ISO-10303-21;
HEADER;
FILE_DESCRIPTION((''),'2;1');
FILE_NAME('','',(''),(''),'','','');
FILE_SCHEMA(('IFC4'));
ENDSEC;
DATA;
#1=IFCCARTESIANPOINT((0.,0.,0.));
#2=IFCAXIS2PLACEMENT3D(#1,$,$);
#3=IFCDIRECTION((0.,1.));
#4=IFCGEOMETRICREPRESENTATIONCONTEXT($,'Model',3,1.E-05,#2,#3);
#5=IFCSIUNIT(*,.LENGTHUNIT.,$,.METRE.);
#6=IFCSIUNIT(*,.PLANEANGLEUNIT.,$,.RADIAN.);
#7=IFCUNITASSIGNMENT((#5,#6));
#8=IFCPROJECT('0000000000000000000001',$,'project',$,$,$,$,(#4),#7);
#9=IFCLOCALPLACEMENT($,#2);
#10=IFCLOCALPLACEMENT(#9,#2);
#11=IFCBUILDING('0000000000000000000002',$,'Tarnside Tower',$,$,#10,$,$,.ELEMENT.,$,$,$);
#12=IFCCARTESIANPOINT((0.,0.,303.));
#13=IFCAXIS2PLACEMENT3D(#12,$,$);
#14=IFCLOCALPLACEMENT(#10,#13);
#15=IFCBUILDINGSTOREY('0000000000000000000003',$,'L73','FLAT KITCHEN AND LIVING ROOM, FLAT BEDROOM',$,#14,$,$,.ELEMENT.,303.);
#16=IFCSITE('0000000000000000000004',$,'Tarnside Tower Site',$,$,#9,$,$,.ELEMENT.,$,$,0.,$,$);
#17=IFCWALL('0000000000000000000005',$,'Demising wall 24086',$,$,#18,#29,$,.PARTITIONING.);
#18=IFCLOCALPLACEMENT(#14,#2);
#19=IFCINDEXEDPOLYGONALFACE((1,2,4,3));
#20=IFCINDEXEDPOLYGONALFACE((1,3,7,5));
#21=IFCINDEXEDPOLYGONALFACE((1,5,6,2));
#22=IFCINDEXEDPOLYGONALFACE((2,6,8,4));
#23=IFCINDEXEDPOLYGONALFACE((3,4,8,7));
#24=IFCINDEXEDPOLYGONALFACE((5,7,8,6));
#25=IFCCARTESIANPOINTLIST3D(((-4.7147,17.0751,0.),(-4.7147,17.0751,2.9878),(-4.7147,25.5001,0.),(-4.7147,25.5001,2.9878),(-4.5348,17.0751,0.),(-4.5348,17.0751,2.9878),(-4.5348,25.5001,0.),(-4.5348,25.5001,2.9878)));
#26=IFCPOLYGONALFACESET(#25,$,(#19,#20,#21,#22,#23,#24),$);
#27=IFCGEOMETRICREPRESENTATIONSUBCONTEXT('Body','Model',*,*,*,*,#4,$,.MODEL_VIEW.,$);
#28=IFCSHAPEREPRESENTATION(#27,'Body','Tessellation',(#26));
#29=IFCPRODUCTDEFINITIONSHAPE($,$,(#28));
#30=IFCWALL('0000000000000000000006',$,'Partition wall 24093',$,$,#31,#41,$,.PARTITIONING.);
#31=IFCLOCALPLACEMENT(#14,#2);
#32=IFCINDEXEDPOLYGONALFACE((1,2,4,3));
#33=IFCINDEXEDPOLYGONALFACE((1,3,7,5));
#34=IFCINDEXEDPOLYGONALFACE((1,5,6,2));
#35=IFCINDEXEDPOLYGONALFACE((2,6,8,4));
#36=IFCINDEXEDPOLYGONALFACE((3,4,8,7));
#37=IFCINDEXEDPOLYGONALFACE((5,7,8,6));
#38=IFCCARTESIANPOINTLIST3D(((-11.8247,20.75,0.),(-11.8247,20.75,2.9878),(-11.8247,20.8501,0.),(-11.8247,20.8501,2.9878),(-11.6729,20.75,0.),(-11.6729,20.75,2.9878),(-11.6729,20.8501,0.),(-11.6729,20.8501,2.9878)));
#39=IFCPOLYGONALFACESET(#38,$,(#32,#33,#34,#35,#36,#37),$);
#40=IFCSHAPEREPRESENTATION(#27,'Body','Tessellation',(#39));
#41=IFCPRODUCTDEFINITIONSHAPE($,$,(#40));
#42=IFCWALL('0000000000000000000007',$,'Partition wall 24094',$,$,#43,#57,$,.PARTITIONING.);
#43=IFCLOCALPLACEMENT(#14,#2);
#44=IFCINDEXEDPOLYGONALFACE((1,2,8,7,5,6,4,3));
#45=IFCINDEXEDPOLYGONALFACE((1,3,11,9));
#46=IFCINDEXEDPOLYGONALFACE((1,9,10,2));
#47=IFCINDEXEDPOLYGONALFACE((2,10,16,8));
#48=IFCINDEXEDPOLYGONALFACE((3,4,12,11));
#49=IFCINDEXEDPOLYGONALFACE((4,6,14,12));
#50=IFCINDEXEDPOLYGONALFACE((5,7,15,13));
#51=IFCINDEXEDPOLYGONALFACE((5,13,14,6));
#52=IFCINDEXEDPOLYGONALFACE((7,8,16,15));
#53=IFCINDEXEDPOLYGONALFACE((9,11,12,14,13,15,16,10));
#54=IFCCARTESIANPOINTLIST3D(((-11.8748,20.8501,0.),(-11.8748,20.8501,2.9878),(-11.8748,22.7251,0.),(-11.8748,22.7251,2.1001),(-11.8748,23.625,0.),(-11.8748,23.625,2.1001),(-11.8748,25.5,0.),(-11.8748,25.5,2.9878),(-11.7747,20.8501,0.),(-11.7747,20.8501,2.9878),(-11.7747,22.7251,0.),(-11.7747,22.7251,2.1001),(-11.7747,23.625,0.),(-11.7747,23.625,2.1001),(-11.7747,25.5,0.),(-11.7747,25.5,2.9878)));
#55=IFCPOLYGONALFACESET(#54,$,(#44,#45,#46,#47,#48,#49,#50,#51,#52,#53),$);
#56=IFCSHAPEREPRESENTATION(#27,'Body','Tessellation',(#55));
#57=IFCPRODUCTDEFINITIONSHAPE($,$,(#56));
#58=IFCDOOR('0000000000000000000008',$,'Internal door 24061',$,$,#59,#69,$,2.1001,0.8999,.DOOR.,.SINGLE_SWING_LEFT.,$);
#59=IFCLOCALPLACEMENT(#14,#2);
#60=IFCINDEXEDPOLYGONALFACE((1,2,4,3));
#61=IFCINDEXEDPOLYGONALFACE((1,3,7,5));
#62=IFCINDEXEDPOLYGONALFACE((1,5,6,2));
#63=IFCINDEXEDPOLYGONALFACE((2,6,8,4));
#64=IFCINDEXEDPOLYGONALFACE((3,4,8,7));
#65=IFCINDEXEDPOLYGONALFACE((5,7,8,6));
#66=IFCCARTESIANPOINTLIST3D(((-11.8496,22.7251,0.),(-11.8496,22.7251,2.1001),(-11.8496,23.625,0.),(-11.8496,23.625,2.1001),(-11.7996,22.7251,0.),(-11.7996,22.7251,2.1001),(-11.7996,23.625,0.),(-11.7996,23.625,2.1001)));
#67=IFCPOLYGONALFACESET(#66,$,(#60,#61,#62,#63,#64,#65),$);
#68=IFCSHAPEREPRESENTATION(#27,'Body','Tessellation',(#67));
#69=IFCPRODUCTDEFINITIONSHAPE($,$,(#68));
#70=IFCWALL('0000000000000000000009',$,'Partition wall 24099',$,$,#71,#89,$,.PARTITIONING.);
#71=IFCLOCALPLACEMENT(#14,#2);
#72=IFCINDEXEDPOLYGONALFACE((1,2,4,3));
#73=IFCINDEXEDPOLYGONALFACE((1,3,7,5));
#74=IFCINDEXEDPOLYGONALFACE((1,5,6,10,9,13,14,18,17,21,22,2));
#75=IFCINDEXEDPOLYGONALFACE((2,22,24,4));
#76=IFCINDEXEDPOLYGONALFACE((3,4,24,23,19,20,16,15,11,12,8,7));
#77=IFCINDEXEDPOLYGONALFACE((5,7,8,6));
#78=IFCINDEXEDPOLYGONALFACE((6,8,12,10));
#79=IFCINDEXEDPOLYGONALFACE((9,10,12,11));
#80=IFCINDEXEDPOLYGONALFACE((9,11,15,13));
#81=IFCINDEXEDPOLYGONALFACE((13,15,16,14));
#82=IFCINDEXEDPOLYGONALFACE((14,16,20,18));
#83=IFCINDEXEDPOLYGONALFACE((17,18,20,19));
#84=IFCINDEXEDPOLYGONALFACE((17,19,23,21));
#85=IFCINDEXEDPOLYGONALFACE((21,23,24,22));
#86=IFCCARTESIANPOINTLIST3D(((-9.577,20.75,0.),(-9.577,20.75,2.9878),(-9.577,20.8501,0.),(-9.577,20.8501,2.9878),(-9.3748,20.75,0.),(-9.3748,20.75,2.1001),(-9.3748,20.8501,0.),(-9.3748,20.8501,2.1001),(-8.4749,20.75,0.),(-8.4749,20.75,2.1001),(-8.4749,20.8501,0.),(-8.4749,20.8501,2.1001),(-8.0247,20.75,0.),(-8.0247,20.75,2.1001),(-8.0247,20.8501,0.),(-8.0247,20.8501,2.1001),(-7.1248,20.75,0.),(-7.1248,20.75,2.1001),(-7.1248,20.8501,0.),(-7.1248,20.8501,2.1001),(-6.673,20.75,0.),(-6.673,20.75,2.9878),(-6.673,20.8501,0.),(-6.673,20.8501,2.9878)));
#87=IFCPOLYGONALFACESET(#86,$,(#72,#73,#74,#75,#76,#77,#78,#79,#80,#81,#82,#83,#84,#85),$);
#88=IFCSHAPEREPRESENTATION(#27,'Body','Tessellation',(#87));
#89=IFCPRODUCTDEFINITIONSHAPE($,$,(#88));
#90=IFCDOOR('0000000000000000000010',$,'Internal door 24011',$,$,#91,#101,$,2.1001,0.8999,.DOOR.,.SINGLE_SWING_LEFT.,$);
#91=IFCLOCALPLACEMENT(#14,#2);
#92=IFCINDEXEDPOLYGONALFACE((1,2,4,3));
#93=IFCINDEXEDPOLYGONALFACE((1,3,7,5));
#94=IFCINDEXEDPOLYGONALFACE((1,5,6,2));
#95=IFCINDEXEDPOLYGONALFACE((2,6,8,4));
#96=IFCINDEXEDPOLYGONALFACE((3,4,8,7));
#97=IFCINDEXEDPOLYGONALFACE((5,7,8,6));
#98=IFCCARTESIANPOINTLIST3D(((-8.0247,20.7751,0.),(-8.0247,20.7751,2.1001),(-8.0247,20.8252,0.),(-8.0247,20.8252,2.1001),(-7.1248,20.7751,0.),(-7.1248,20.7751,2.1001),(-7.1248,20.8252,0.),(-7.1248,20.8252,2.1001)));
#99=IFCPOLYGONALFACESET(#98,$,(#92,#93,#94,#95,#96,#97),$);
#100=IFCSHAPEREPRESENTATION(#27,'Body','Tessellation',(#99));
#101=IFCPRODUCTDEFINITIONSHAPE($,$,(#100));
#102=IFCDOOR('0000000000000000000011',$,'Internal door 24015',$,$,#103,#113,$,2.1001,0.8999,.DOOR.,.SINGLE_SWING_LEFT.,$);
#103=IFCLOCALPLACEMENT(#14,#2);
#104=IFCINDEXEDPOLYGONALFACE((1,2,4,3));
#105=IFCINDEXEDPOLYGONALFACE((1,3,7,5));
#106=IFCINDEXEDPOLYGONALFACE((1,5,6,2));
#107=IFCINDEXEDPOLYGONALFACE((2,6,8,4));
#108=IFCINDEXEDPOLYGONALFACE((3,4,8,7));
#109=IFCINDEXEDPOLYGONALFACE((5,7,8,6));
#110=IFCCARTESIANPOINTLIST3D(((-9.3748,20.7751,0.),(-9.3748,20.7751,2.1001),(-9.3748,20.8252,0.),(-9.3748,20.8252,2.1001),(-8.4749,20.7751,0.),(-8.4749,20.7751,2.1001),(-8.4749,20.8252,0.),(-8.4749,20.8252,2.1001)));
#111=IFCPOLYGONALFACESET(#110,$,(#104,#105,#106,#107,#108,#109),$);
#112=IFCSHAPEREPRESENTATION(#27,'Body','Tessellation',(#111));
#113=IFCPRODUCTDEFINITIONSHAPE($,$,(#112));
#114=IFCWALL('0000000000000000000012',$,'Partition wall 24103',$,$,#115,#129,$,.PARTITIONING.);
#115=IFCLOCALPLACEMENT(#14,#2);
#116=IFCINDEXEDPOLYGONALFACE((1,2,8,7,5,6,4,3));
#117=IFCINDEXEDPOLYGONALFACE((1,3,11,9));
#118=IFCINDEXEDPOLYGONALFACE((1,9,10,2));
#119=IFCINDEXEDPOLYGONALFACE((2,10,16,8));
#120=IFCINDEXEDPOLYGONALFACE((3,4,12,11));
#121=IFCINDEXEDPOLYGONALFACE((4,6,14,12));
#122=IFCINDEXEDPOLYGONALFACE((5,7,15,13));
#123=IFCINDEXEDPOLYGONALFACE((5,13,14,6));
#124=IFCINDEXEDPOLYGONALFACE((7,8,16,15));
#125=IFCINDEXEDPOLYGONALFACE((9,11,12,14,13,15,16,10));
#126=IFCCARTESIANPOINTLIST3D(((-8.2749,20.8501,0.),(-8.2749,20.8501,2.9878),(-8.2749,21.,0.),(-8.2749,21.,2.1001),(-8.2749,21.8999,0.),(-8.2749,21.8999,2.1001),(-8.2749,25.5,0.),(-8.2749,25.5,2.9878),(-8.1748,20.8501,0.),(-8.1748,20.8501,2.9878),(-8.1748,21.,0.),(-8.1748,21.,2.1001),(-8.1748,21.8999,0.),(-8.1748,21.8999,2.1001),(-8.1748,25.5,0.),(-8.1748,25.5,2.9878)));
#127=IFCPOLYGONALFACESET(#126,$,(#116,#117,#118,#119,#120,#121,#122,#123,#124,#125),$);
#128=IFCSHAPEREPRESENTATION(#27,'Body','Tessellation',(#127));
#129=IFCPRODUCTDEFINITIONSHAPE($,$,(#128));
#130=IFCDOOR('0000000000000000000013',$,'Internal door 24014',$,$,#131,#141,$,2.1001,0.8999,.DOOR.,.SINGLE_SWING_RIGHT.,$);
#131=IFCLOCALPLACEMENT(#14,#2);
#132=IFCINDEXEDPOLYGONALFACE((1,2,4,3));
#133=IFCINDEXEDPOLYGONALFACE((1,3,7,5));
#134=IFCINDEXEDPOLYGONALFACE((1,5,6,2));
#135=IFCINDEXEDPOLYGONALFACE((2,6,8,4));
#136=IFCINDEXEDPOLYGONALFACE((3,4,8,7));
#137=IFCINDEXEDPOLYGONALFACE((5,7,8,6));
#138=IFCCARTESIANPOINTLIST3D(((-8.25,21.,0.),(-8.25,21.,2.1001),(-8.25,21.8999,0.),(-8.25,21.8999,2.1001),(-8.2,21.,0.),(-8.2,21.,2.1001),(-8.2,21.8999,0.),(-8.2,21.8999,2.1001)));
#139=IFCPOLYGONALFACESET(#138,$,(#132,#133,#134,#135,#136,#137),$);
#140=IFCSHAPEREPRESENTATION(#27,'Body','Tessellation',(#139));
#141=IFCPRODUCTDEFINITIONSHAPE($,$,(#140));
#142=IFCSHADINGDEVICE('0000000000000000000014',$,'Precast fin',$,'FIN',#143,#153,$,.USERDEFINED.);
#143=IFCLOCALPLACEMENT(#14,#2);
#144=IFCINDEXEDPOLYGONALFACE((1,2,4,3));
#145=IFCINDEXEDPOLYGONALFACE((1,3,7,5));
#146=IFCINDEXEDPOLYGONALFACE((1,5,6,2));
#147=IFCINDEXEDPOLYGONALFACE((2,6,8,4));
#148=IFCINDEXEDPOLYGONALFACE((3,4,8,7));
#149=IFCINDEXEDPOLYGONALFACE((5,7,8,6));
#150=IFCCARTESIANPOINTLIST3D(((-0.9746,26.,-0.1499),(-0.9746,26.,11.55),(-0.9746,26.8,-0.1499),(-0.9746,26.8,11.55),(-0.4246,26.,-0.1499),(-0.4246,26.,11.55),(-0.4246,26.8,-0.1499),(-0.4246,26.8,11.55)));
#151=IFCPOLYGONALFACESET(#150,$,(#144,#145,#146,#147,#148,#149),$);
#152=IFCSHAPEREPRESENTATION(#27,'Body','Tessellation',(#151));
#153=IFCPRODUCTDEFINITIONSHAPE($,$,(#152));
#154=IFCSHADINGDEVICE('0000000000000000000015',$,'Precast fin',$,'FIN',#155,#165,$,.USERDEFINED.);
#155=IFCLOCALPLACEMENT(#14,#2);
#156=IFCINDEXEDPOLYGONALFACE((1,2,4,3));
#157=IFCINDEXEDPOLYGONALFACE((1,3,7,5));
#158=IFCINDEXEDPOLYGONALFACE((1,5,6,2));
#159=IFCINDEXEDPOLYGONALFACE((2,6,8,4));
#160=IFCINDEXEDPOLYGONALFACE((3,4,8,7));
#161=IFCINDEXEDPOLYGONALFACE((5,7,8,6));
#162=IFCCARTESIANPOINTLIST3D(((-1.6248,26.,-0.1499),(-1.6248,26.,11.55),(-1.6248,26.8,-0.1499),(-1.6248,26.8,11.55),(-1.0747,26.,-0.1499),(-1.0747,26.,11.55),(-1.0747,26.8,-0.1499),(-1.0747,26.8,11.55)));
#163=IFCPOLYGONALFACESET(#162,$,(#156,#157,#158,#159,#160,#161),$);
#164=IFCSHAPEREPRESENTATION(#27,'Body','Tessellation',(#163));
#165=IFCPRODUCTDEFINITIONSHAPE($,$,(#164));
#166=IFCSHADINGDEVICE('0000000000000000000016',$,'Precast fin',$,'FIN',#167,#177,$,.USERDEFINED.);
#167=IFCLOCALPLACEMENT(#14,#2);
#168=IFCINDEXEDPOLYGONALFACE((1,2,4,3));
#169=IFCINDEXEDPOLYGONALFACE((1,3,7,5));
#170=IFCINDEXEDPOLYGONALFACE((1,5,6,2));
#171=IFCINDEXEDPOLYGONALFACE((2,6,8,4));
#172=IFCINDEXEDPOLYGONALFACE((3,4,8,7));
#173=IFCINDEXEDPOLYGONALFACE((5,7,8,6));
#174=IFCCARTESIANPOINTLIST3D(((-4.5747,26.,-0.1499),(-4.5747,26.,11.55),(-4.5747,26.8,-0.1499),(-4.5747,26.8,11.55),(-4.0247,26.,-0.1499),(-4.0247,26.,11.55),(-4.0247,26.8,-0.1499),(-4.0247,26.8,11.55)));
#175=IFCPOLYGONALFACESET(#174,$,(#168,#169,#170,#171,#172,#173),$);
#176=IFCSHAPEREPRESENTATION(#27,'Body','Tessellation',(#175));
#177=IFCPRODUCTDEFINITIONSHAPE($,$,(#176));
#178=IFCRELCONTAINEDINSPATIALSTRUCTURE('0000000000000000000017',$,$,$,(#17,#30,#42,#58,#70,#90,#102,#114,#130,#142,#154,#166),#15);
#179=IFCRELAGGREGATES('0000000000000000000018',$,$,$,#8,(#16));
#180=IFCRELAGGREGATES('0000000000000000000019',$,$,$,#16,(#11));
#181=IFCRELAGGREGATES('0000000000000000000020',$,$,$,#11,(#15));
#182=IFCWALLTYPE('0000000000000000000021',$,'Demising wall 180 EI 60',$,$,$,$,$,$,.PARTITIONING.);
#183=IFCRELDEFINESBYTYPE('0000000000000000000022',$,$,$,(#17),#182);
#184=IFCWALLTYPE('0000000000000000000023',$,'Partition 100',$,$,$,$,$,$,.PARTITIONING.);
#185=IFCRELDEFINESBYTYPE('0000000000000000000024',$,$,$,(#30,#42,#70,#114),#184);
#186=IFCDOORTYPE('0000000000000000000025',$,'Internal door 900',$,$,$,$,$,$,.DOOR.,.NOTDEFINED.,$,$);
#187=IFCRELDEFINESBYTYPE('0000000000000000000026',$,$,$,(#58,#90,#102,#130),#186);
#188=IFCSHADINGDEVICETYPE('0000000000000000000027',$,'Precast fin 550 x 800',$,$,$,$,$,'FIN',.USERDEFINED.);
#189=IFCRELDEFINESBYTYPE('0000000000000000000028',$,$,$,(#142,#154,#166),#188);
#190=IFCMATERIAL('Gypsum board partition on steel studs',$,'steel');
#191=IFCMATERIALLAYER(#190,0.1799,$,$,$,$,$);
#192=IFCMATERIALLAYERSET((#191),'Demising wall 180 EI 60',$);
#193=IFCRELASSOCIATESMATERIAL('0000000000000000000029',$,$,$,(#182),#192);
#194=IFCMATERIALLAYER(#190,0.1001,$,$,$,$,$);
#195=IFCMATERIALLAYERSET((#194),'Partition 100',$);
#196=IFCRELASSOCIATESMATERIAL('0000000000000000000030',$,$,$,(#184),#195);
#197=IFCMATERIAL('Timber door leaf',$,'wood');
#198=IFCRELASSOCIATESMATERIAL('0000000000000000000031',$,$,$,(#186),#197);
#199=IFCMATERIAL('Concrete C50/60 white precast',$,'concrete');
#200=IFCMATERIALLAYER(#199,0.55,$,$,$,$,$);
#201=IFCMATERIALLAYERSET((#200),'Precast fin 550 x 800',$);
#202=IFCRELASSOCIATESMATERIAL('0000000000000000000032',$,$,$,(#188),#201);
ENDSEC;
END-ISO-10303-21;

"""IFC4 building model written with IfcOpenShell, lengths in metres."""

from ifc_helpers import new_model, si_unit, direction, frame, frame_2d, origin, place, context, subcontext, project, spatial, polyline, rectangle, outline, extrude, material, layer, layer_set, type_object, element, fill, save


model = new_model("IFC4")

# Units and contexts
model_context = context("Model", 3, precision=1e-05, world=origin(), true_north=direction((0.0, 1.0)))
body_context = subcontext(model_context, "Body", "Model", "MODEL_VIEW")
ifc_project = project(units=[si_unit("LENGTHUNIT", "METRE"), si_unit("PLANEANGLEUNIT", "RADIAN")], contexts=[model_context])

# Site, building, storey
site_placement = place(None, origin())
site = spatial("IfcSite", under=ifc_project, at=site_placement, Name="Tarnside Tower Site", CompositionType="ELEMENT", RefElevation=0.0)
building_placement = place(site_placement, origin())
building = spatial("IfcBuilding", under=site, at=building_placement, Name="Tarnside Tower", CompositionType="ELEMENT")
storey_placement = place(building_placement, frame((0.0, 0.0, 303.0)))
storey = spatial("IfcBuildingStorey", under=building, at=storey_placement, Name="L73", Description="FLAT KITCHEN AND LIVING ROOM, FLAT BEDROOM", CompositionType="ELEMENT", Elevation=303.0)

# Shared definitions
ifc_material_1 = material(Name="Gypsum board partition on steel studs", Category="steel")

# Shared definitions
ifc_material_2 = material(Name="Timber door leaf", Category="wood")

# Walls
ifc_layer_1 = layer(ifc_material_1, 0.1799)
ifc_layer_set_1 = layer_set([ifc_layer_1], Name="Demising wall 180 EI 60")
wall_type_1 = type_object("IfcWallType", Name="Demising wall 180 EI 60", PredefinedType="PARTITIONING", material=ifc_layer_set_1)
wall_1_placement = place(storey_placement, frame((-4.6248, 25.5, 0.0), z_axis=(0.0, 0.0, 1.0), x_axis=(0.0, -1.0, 0.0)))
element("IfcWall", 1, at=wall_1_placement, inside=storey, type_object=wall_type_1, Name="Demising wall 24086", PredefinedType="PARTITIONING", context=body_context, shape_type="SweptSolid", body=[
    extrude(rectangle(XDim=8.425, YDim=0.1799, at=frame_2d((4.2124, 0.0))), origin(), (0.0, 0.0, 1.0), 2.9878),
])
ifc_layer_2 = layer(ifc_material_1, 0.1001)
ifc_layer_set_2 = layer_set([ifc_layer_2], Name="Partition 100")
wall_type_2 = type_object("IfcWallType", Name="Partition 100", PredefinedType="PARTITIONING", material=ifc_layer_set_2)
wall_2_placement = place(storey_placement, frame((-11.6729, 20.8, 0.0), z_axis=(0.0, 0.0, 1.0), x_axis=(-1.0, 0.0, 0.0)))
element("IfcWall", 2, at=wall_2_placement, inside=storey, type_object=wall_type_2, Name="Partition wall 24093", PredefinedType="PARTITIONING", context=body_context, shape_type="SweptSolid", body=[
    extrude(rectangle(XDim=0.1519, YDim=0.1001, at=frame_2d((0.0759, 0.0))), origin(), (0.0, 0.0, 1.0), 2.9878),
])

# Wall, opening, door
wall_3_placement = place(storey_placement, frame((-11.8247, 20.8501, 0.0), z_axis=(0.0, 0.0, 1.0), x_axis=(0.0, 1.0, 0.0)))
wall_3 = element("IfcWall", 3, at=wall_3_placement, inside=storey, type_object=wall_type_2, Name="Partition wall 24094", PredefinedType="PARTITIONING", context=body_context, shape_type="SweptSolid", body=[
    extrude(rectangle(XDim=4.6499, YDim=0.1001, at=frame_2d((2.325, 0.0))), origin(), (0.0, 0.0, 1.0), 2.9878),
])
opening_1_placement = place(wall_3_placement, frame((1.875, 0.0, 0.0)))
opening_1 = element("IfcOpeningElement", 4, at=opening_1_placement, cuts=wall_3, PredefinedType="OPENING", context=body_context, shape_type="SweptSolid", body=[
    extrude(rectangle(XDim=0.8999, YDim=2.1001, at=frame_2d((0.45, 1.05))), frame((0.0, 0.0601, 0.0), z_axis=(0.0, -1.0, 0.0), x_axis=(1.0, 0.0, 0.0)), (0.0, 0.0, 1.0), 0.1201),
])
door_type_1 = type_object("IfcDoorType", Name="Internal door 900", OperationType="NOTDEFINED", PredefinedType="DOOR", material=ifc_material_2)
door_1_placement = place(opening_1_placement, origin())
door_1 = element("IfcDoor", 5, at=door_1_placement, inside=storey, type_object=door_type_1, Name="Internal door 24061", OperationType="SINGLE_SWING_LEFT", OverallHeight=2.1001, OverallWidth=0.8999, PredefinedType="DOOR", context=body_context, shape_type="SweptSolid", body=[
    extrude(rectangle(XDim=0.8999, YDim=2.1001, at=frame_2d((0.45, 1.05))), frame((0.0, 0.0249, 0.0), z_axis=(0.0, -1.0, 0.0), x_axis=(1.0, 0.0, 0.0)), (0.0, 0.0, 1.0), 0.05),
])
fill(opening_1, door_1)

# Wall, openings, doors
wall_4_placement = place(storey_placement, frame((-6.6729, 20.8, 0.0), z_axis=(0.0, 0.0, 1.0), x_axis=(-1.0, 0.0, 0.0)))
wall_4 = element("IfcWall", 6, at=wall_4_placement, inside=storey, type_object=wall_type_2, Name="Partition wall 24099", PredefinedType="PARTITIONING", context=body_context, shape_type="SweptSolid", body=[
    extrude(rectangle(XDim=2.9041, YDim=0.1001, at=frame_2d((1.4521, 0.0))), origin(), (0.0, 0.0, 1.0), 2.9878),
])
opening_2_placement = place(wall_4_placement, frame((0.4519, 0.0, 0.0)))
opening_2 = element("IfcOpeningElement", 7, at=opening_2_placement, cuts=wall_4, PredefinedType="OPENING", context=body_context, shape_type="SweptSolid", body=[
    extrude(rectangle(XDim=0.8999, YDim=2.1001, at=frame_2d((0.45, 1.05))), frame((0.0, 0.0601, 0.0), z_axis=(0.0, -1.0, 0.0), x_axis=(1.0, 0.0, 0.0)), (0.0, 0.0, 1.0), 0.1201),
])
opening_3_placement = place(wall_4_placement, frame((1.802, 0.0, 0.0)))
opening_3 = element("IfcOpeningElement", 8, at=opening_3_placement, cuts=wall_4, PredefinedType="OPENING", context=body_context, shape_type="SweptSolid", body=[
    extrude(rectangle(XDim=0.8999, YDim=2.1001, at=frame_2d((0.45, 1.05))), frame((0.0, 0.0601, 0.0), z_axis=(0.0, -1.0, 0.0), x_axis=(1.0, 0.0, 0.0)), (0.0, 0.0, 1.0), 0.1201),
])
door_2_placement = place(opening_2_placement, origin())
door_2 = element("IfcDoor", 9, at=door_2_placement, inside=storey, type_object=door_type_1, Name="Internal door 24011", OperationType="SINGLE_SWING_LEFT", OverallHeight=2.1001, OverallWidth=0.8999, PredefinedType="DOOR", context=body_context, shape_type="SweptSolid", body=[
    extrude(rectangle(XDim=0.8999, YDim=2.1001, at=frame_2d((0.45, 1.05))), frame((0.0, 0.0249, 0.0), z_axis=(0.0, -1.0, 0.0), x_axis=(1.0, 0.0, 0.0)), (0.0, 0.0, 1.0), 0.05),
])
fill(opening_2, door_2)
door_3_placement = place(opening_3_placement, origin())
door_3 = element("IfcDoor", 10, at=door_3_placement, inside=storey, type_object=door_type_1, Name="Internal door 24015", OperationType="SINGLE_SWING_LEFT", OverallHeight=2.1001, OverallWidth=0.8999, PredefinedType="DOOR", context=body_context, shape_type="SweptSolid", body=[
    extrude(rectangle(XDim=0.8999, YDim=2.1001, at=frame_2d((0.45, 1.05))), frame((0.0, 0.0249, 0.0), z_axis=(0.0, -1.0, 0.0), x_axis=(1.0, 0.0, 0.0)), (0.0, 0.0, 1.0), 0.05),
])
fill(opening_3, door_3)

# Wall, opening, door
wall_5_placement = place(storey_placement, frame((-8.2249, 25.5, 0.0), z_axis=(0.0, 0.0, 1.0), x_axis=(0.0, -1.0, 0.0)))
wall_5 = element("IfcWall", 11, at=wall_5_placement, inside=storey, type_object=wall_type_2, Name="Partition wall 24103", PredefinedType="PARTITIONING", context=body_context, shape_type="SweptSolid", body=[
    extrude(rectangle(XDim=4.6499, YDim=0.1001, at=frame_2d((2.325, 0.0))), origin(), (0.0, 0.0, 1.0), 2.9878),
])
opening_4_placement = place(wall_5_placement, frame((3.6001, 0.0, 0.0)))
opening_4 = element("IfcOpeningElement", 12, at=opening_4_placement, cuts=wall_5, PredefinedType="OPENING", context=body_context, shape_type="SweptSolid", body=[
    extrude(rectangle(XDim=0.8999, YDim=2.1001, at=frame_2d((0.45, 1.05))), frame((0.0, 0.0601, 0.0), z_axis=(0.0, -1.0, 0.0), x_axis=(1.0, 0.0, 0.0)), (0.0, 0.0, 1.0), 0.1201),
])
door_4_placement = place(opening_4_placement, origin())
door_4 = element("IfcDoor", 13, at=door_4_placement, inside=storey, type_object=door_type_1, Name="Internal door 24014", OperationType="SINGLE_SWING_RIGHT", OverallHeight=2.1001, OverallWidth=0.8999, PredefinedType="DOOR", context=body_context, shape_type="SweptSolid", body=[
    extrude(rectangle(XDim=0.8999, YDim=2.1001, at=frame_2d((0.45, 1.05))), frame((0.0, 0.0249, 0.0), z_axis=(0.0, -1.0, 0.0), x_axis=(1.0, 0.0, 0.0)), (0.0, 0.0, 1.0), 0.05),
])
fill(opening_4, door_4)

# Shading devices
ifc_material_3 = material(Name="Concrete C50/60 white precast", Category="concrete")
ifc_layer_3 = layer(ifc_material_3, 0.55)
ifc_layer_set_3 = layer_set([ifc_layer_3], Name="Precast fin 550 x 800")
shading_device_type = type_object("IfcShadingDeviceType", Name="Precast fin 550 x 800", ElementType="FIN", PredefinedType="USERDEFINED", material=ifc_layer_set_3)
for number, where, z_axis, x_axis, name in (
    (14, (-0.6997, 26.0, -0.1499), (1.0, 0.0, 0.0), (0.0, 1.0, 0.0), "Precast fin"),
    (15, (-1.3499, 26.0, -0.1499), (1.0, 0.0, 0.0), (0.0, 1.0, 0.0), "Precast fin"),
    (16, (-4.2998, 26.0, -0.1499), (1.0, 0.0, 0.0), (0.0, 1.0, 0.0), "Precast fin"),
):
    element("IfcShadingDevice", number, at=place(storey_placement, frame(where, z_axis=z_axis, x_axis=x_axis)), inside=storey, type_object=shading_device_type, Name=name, ObjectType="FIN", PredefinedType="USERDEFINED", context=body_context, shape_type="SweptSolid", body=[
        extrude(outline(polyline([(0.0, 0.0), (0.8, 0.0), (0.8, 11.7), (0.0, 11.7), (0.0, 0.0)])), frame((0.0, 0.0, -0.2749)), (0.0, 0.0, 1.0), 0.55),
    ])

save(model, "model.ifc")
